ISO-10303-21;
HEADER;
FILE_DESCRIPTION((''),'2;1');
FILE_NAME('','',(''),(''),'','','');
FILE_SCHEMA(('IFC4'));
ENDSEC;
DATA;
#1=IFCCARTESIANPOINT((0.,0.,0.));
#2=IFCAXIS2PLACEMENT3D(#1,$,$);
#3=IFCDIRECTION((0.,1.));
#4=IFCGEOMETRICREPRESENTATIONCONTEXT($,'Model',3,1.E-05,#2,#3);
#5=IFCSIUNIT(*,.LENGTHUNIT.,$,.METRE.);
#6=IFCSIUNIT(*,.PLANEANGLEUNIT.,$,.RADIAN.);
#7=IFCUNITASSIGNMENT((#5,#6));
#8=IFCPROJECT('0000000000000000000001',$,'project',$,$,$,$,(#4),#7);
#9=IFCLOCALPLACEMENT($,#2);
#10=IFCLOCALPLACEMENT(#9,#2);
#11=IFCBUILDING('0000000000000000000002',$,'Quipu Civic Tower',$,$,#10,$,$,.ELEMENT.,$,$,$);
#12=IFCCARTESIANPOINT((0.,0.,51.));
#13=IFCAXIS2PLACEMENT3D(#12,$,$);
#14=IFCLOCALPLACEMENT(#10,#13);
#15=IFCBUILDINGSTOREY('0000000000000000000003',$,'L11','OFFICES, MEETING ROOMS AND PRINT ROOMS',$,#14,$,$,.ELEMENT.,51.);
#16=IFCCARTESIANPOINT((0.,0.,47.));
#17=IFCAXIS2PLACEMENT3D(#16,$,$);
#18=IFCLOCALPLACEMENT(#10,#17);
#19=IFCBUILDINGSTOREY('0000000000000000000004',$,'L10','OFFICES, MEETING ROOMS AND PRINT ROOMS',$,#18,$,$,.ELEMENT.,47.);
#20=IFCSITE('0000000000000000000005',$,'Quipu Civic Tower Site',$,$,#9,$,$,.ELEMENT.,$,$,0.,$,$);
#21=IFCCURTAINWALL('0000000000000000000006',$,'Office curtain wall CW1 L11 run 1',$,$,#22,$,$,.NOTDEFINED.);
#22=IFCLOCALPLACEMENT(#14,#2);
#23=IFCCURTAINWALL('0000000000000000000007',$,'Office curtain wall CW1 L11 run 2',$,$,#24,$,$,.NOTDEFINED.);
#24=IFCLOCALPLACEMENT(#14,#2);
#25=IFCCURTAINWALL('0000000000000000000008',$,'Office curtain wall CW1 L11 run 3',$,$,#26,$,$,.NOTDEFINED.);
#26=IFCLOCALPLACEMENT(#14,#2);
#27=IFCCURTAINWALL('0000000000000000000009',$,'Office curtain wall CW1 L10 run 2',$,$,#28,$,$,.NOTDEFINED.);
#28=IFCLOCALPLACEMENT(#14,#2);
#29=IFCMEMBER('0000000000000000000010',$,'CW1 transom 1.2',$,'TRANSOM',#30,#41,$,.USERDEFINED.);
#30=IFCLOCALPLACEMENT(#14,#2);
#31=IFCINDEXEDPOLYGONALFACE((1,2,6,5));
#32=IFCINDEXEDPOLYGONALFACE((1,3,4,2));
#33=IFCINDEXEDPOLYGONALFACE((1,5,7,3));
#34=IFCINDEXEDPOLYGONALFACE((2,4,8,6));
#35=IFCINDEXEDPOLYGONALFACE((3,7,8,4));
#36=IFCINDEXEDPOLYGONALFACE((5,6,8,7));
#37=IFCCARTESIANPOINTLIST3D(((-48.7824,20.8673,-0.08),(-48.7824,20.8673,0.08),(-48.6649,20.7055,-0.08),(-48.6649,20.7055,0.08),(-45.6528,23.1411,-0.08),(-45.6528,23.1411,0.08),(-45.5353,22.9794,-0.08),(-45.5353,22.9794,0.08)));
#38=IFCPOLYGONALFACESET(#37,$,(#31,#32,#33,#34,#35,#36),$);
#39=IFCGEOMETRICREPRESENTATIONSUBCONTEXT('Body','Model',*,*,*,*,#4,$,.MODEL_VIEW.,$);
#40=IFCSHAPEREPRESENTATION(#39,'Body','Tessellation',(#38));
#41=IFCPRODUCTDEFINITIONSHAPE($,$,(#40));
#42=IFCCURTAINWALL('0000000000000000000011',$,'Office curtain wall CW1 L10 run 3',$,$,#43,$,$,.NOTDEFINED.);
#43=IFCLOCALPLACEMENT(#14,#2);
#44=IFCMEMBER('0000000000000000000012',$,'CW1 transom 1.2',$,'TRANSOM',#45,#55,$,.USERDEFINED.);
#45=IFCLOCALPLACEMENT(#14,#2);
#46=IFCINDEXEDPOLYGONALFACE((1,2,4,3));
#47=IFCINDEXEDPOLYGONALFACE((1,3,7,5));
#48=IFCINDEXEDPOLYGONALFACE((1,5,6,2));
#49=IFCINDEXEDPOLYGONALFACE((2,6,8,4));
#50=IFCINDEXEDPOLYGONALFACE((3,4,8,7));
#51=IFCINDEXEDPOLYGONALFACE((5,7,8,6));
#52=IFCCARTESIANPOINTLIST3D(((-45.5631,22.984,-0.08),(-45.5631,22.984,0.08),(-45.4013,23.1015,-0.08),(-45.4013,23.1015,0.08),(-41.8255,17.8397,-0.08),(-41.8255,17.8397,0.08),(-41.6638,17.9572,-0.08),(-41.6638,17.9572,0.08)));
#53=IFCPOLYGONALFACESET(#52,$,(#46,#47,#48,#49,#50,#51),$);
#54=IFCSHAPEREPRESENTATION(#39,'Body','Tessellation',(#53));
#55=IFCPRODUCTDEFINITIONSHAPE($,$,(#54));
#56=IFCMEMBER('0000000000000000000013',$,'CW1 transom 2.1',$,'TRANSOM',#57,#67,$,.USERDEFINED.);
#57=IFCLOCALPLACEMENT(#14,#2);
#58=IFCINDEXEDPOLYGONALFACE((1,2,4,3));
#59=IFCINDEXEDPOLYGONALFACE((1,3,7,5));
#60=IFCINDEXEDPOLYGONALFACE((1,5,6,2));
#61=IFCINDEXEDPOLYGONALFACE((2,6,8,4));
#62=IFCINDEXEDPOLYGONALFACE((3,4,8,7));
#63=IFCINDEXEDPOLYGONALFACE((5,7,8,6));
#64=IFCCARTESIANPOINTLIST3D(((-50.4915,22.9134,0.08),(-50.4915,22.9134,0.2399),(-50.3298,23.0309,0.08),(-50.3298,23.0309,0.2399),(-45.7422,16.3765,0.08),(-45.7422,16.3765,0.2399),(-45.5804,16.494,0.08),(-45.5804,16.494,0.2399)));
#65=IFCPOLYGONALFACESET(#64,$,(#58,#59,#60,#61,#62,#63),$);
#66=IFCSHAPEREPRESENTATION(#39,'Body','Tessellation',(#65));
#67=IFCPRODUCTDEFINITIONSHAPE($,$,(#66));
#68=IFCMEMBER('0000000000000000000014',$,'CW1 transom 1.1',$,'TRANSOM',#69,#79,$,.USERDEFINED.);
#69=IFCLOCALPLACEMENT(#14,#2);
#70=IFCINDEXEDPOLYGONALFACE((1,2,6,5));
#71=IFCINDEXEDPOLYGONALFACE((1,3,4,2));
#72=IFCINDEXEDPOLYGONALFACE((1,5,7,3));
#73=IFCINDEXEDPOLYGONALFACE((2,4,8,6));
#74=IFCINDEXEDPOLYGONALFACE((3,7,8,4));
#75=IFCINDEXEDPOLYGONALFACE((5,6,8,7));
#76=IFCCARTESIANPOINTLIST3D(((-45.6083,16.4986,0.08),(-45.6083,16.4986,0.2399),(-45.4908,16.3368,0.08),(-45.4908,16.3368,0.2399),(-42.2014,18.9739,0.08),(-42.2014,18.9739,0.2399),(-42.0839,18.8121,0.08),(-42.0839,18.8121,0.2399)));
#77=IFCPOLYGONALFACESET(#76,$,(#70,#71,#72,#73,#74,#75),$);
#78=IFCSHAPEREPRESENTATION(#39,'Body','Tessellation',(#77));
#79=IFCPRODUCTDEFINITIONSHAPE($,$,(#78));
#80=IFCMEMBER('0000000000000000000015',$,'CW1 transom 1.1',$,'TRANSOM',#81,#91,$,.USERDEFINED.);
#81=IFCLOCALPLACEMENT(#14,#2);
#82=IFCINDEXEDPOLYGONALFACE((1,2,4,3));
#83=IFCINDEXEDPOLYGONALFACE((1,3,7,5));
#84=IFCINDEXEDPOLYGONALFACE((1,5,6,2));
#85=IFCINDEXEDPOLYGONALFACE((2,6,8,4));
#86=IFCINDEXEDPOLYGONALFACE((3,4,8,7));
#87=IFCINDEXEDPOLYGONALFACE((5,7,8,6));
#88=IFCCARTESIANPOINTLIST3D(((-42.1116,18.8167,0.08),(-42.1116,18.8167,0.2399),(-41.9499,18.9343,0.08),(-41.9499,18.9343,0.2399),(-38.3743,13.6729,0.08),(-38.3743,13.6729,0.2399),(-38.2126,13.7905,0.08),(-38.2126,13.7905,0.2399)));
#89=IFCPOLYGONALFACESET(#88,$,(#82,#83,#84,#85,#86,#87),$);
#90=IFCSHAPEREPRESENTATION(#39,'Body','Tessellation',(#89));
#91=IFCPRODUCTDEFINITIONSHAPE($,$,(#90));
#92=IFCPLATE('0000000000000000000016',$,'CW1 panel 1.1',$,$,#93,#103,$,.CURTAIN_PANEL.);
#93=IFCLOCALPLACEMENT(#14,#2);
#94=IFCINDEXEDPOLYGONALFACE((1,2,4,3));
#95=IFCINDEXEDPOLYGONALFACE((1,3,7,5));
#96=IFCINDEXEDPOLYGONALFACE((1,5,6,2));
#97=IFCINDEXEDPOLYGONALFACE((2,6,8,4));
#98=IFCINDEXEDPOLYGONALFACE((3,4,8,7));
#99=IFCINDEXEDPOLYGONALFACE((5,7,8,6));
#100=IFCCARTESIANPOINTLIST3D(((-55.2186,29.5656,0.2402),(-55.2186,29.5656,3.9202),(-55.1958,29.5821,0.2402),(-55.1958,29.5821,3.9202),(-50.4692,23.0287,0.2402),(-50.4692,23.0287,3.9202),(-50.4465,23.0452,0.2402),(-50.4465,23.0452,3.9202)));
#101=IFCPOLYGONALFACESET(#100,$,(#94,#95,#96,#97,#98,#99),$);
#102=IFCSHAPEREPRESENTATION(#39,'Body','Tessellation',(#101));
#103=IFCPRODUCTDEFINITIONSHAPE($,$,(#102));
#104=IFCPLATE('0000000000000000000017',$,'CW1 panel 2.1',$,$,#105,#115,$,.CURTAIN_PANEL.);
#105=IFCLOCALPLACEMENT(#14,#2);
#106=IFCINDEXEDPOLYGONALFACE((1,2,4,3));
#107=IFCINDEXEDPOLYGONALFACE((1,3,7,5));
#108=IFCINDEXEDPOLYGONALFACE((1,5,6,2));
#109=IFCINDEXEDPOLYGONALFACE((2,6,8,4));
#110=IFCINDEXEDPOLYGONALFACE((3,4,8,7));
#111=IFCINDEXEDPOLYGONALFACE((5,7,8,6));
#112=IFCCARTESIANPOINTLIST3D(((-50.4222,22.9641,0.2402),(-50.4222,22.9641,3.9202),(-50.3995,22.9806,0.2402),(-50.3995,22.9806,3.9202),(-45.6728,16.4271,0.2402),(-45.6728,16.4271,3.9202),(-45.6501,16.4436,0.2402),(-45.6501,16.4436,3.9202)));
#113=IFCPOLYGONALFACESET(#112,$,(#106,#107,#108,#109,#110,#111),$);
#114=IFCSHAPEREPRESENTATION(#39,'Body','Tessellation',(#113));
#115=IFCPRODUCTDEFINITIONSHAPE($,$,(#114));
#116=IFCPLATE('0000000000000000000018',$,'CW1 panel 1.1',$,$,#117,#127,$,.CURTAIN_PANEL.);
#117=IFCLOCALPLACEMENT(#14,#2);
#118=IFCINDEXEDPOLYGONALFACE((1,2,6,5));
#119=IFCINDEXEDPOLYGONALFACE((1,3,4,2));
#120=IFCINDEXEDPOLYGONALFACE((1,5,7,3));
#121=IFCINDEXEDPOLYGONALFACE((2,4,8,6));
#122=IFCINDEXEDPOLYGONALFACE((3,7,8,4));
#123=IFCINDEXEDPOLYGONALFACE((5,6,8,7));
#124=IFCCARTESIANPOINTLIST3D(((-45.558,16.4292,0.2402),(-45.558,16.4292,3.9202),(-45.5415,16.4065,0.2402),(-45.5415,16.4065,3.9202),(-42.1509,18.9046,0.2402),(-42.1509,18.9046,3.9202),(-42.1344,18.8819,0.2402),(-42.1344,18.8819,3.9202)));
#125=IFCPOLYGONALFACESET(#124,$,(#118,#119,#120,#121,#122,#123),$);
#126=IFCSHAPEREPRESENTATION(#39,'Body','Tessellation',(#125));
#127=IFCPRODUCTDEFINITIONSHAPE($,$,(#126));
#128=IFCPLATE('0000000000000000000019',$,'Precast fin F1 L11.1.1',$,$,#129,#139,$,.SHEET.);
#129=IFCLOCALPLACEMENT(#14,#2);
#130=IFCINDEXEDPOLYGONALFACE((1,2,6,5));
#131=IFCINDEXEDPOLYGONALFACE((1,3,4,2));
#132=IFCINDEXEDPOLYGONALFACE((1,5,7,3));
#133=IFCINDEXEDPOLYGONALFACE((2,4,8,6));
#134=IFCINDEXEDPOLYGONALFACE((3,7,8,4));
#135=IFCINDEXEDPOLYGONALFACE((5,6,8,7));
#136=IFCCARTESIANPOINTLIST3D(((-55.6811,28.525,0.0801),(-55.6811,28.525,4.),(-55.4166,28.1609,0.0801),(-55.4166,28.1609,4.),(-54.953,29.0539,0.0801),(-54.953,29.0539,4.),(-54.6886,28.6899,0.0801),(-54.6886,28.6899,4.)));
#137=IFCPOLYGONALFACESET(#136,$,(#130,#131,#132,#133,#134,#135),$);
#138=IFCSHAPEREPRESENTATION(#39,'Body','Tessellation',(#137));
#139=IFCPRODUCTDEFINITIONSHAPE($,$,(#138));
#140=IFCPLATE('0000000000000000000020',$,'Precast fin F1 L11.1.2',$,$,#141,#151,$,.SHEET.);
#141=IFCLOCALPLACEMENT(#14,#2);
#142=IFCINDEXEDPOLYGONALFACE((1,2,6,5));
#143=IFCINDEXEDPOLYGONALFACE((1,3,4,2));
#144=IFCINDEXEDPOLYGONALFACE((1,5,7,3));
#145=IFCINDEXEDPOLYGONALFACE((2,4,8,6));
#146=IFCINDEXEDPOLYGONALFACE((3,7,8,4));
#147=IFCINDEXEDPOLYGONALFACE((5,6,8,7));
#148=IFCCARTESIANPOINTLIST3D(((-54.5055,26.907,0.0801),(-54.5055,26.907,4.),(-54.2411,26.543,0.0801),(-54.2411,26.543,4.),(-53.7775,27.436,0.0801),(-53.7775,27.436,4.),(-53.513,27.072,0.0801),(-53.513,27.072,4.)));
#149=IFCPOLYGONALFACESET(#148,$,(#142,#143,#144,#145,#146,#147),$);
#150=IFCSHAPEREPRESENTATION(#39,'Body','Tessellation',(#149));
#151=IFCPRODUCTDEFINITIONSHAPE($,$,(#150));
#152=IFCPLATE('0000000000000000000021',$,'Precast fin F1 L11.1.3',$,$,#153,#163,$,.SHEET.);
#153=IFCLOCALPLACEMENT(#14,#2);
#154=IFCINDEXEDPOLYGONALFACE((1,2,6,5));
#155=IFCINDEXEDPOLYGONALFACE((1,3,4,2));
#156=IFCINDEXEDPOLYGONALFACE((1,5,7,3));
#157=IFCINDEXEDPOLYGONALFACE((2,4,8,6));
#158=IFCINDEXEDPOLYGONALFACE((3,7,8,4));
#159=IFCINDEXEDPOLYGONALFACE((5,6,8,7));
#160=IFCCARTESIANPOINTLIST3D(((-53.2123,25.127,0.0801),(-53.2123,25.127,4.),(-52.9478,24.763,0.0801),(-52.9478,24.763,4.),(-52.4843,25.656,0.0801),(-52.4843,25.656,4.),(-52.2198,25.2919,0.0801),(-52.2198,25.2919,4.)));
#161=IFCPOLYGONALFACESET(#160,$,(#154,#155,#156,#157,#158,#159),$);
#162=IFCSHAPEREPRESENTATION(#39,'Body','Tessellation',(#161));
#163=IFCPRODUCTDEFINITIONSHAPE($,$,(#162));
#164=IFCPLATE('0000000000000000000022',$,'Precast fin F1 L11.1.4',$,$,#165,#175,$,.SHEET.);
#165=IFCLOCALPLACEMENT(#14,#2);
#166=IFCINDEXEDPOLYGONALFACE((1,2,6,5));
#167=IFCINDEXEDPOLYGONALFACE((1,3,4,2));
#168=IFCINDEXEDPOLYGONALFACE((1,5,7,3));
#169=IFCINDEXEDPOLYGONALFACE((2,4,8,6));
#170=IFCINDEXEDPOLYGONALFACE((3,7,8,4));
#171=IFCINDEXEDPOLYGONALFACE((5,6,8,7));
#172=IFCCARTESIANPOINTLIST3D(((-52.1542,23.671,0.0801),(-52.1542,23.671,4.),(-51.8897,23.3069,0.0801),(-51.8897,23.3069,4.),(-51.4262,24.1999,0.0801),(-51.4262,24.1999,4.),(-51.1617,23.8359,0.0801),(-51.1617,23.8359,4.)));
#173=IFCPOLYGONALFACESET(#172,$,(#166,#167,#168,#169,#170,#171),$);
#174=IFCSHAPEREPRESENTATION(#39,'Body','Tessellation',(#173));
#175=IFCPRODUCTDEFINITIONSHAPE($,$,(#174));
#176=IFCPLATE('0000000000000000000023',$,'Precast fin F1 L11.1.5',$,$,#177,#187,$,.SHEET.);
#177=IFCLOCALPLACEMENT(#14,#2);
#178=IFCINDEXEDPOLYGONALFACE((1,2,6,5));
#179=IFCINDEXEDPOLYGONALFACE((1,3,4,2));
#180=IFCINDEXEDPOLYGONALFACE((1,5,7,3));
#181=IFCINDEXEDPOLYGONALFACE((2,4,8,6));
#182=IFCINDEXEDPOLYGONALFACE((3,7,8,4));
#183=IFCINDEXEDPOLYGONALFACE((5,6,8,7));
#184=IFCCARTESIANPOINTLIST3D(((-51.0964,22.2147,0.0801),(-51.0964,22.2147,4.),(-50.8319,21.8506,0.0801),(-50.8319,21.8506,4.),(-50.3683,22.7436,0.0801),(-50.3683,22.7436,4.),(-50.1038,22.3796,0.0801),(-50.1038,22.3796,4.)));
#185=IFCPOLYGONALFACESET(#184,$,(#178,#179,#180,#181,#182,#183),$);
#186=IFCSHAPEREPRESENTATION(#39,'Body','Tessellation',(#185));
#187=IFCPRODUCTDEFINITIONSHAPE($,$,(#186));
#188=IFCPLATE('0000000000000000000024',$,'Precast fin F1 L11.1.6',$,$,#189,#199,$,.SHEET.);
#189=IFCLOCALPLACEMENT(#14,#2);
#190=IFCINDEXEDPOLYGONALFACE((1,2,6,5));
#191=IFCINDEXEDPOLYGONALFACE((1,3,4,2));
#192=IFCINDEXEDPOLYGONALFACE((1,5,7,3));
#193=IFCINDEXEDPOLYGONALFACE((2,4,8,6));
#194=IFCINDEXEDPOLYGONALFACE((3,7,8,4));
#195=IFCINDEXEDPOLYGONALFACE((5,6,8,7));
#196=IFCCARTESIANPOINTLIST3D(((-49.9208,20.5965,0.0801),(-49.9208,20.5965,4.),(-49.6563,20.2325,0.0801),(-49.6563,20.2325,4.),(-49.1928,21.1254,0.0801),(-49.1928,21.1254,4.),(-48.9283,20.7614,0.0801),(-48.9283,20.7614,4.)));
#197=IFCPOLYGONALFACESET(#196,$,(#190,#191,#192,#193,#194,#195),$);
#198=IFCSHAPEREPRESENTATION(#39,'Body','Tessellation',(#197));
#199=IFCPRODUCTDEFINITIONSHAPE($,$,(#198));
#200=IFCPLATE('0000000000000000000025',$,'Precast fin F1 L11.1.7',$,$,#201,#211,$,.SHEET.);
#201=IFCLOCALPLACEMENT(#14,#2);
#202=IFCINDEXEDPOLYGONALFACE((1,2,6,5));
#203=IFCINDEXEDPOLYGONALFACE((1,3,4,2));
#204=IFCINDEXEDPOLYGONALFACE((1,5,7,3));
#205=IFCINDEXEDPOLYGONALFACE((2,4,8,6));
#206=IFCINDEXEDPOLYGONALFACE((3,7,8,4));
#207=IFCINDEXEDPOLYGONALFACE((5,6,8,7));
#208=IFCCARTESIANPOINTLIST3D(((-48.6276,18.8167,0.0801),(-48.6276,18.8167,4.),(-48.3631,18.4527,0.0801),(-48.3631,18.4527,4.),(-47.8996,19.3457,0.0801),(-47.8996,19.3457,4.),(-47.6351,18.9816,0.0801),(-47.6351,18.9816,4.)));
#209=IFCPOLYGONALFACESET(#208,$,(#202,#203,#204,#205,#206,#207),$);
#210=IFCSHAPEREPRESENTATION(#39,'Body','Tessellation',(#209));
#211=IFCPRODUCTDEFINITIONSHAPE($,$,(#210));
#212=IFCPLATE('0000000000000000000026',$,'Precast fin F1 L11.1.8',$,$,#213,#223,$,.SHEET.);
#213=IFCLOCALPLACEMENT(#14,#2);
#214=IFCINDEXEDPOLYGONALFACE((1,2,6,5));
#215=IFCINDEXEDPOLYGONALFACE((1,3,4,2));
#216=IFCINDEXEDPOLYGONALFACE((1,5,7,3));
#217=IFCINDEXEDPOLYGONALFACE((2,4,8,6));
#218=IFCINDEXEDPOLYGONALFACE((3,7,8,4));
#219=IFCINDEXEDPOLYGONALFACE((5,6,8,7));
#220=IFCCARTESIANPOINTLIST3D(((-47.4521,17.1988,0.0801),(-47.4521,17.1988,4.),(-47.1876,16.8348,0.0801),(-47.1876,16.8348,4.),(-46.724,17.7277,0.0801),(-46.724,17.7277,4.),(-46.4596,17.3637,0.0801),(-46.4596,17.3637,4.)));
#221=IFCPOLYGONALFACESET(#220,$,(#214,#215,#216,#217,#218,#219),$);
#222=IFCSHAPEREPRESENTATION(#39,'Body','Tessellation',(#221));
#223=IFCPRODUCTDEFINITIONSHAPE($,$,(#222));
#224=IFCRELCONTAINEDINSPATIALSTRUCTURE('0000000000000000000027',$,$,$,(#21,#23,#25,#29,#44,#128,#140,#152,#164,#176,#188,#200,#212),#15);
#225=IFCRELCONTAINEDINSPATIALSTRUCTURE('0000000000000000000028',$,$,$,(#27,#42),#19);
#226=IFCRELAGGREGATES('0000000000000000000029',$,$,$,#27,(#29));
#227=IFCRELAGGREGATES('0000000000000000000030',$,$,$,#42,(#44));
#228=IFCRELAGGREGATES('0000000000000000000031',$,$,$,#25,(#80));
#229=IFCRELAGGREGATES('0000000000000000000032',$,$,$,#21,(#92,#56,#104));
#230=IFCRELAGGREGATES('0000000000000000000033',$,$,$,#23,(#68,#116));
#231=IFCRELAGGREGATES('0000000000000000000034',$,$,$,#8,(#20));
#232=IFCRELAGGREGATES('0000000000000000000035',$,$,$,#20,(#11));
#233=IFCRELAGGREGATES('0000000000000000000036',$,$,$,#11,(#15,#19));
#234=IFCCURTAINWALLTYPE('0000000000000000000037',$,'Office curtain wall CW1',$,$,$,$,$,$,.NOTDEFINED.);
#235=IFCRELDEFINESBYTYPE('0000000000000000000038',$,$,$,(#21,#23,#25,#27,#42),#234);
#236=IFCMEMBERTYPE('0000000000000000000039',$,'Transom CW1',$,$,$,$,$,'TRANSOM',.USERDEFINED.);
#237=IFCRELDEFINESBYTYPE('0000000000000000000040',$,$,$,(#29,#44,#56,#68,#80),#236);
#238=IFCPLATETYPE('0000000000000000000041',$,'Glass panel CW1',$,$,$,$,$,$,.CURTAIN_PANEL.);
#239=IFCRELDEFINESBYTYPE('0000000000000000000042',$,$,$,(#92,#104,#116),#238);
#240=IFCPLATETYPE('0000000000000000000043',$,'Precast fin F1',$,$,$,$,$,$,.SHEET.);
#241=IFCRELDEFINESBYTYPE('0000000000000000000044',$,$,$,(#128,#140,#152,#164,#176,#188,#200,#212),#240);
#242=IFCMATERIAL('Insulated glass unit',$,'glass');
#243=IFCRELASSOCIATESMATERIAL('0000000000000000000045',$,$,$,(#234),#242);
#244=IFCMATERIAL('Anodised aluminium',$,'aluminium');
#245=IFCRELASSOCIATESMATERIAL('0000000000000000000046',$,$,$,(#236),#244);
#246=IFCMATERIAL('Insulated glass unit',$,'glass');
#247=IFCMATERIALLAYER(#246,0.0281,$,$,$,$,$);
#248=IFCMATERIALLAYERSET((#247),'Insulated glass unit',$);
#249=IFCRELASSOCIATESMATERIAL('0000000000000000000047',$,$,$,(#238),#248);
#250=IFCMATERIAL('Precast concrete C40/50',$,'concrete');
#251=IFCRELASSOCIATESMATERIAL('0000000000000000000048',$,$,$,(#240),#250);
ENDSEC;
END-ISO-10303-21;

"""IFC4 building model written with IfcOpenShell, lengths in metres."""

from ifc_helpers import new_model, si_unit, direction, frame, origin, origin_2d, place, context, subcontext, project, spatial, rectangle, extrude, material, layer, layer_set, material_profile, profile_set, type_object, element, aggregate, save


model = new_model("IFC4")

# Units and contexts
model_context = context("Model", 3, precision=1e-05, world=origin(), true_north=direction((0.0, 1.0)))
body_context = subcontext(model_context, "Body", "Model", "MODEL_VIEW")
ifc_project = project(units=[si_unit("LENGTHUNIT", "METRE"), si_unit("PLANEANGLEUNIT", "RADIAN")], contexts=[model_context])

# Site, building, storey
site_placement = place(None, origin())
site = spatial("IfcSite", under=ifc_project, at=site_placement, Name="Quipu Civic Tower Site", CompositionType="ELEMENT", RefElevation=0.0)
building_placement = place(site_placement, origin())
building = spatial("IfcBuilding", under=site, at=building_placement, Name="Quipu Civic Tower", CompositionType="ELEMENT")
storey_1_placement = place(building_placement, frame((0.0, 0.0, 51.0)))
storey_1 = spatial("IfcBuildingStorey", under=building, at=storey_1_placement, Name="L11", Description="OFFICES, MEETING ROOMS AND PRINT ROOMS", CompositionType="ELEMENT", Elevation=51.0)

# Curtain walls
ifc_material_1 = material(Name="Insulated glass unit", Category="glass")
curtain_wall_type = type_object("IfcCurtainWallType", Name="Office curtain wall CW1", PredefinedType="NOTDEFINED", material=ifc_material_1)
curtain_wall_1_placement = place(storey_1_placement, origin())
curtain_wall_1 = element("IfcCurtainWall", 1, at=curtain_wall_1_placement, inside=storey_1, type_object=curtain_wall_type, Name="Office curtain wall CW1 L11 run 1", PredefinedType="NOTDEFINED")
curtain_wall_2_placement = place(storey_1_placement, origin())
curtain_wall_2 = element("IfcCurtainWall", 2, at=curtain_wall_2_placement, inside=storey_1, type_object=curtain_wall_type, Name="Office curtain wall CW1 L11 run 2", PredefinedType="NOTDEFINED")

# Curtain wall
curtain_wall_3_placement = place(storey_1_placement, origin())
curtain_wall_3 = element("IfcCurtainWall", 3, at=curtain_wall_3_placement, inside=storey_1, type_object=curtain_wall_type, Name="Office curtain wall CW1 L11 run 3", PredefinedType="NOTDEFINED")

# Shared definitions
storey_2_placement = place(building_placement, frame((0.0, 0.0, 47.0)))
storey_2 = spatial("IfcBuildingStorey", under=building, at=storey_2_placement, Name="L10", Description="OFFICES, MEETING ROOMS AND PRINT ROOMS", CompositionType="ELEMENT", Elevation=47.0)

# Curtain walls, members
ifc_material_2 = material(Name="Anodised aluminium", Category="aluminium")
ifc_material_profile_1 = material_profile(ifc_material_2, rectangle(XDim=0.2, YDim=0.1599, at=origin_2d()), Name="RECT 200x160")
ifc_profile_set_1 = profile_set([ifc_material_profile_1], Name="Anodised aluminium")
member_type_1 = type_object("IfcMemberType", Name="Transom CW1", ElementType="TRANSOM", PredefinedType="USERDEFINED", material=ifc_profile_set_1)
curtain_wall_4_placement = place(storey_2_placement, origin())
curtain_wall_4 = element("IfcCurtainWall", 4, at=curtain_wall_4_placement, inside=storey_2, type_object=curtain_wall_type, Name="Office curtain wall CW1 L10 run 2", PredefinedType="NOTDEFINED")
member_1_placement = place(storey_1_placement, frame((-48.7236, 20.7864, 0.0), z_axis=(0.809003, 0.587804, 0.0), x_axis=(-0.587804, 0.809003, 0.0)))
member_1 = element("IfcMember", 5, at=member_1_placement, inside=storey_1, type_object=member_type_1, Name="CW1 transom 1.2", ObjectType="TRANSOM", PredefinedType="USERDEFINED", context=body_context, shape_type="SweptSolid", body=[
    extrude(rectangle(XDim=0.2, YDim=0.1599, at=origin_2d()), origin(), (0.0, 0.0, 1.0), 3.8684),
])
aggregate(curtain_wall_4, [member_1])
curtain_wall_5_placement = place(storey_2_placement, origin())
curtain_wall_5 = element("IfcCurtainWall", 6, at=curtain_wall_5_placement, inside=storey_2, type_object=curtain_wall_type, Name="Office curtain wall CW1 L10 run 3", PredefinedType="NOTDEFINED")
member_2_placement = place(storey_1_placement, frame((-45.4822, 23.0427, 0.0), z_axis=(0.587786, -0.809017, 0.0), x_axis=(0.809017, 0.587786, 0.0)))
member_2 = element("IfcMember", 7, at=member_2_placement, inside=storey_1, type_object=member_type_1, Name="CW1 transom 1.2", ObjectType="TRANSOM", PredefinedType="USERDEFINED", context=body_context, shape_type="SweptSolid", body=[
    extrude(rectangle(XDim=0.2, YDim=0.1599, at=origin_2d()), origin(), (0.0, 0.0, 1.0), 6.3586),
])
aggregate(curtain_wall_5, [member_2])

# Members
member_3_placement = place(storey_1_placement, frame((-50.4106, 22.9722, 0.1599), z_axis=(0.587782, -0.80902, 0.0), x_axis=(0.80902, 0.587782, 0.0)))
member_3 = element("IfcMember", 8, at=member_3_placement, type_object=member_type_1, Name="CW1 transom 2.1", ObjectType="TRANSOM", PredefinedType="USERDEFINED", context=body_context, shape_type="SweptSolid", body=[
    extrude(rectangle(XDim=0.2, YDim=0.1599, at=origin_2d()), origin(), (0.0, 0.0, 1.0), 8.0801),
])
member_4_placement = place(storey_1_placement, frame((-45.5496, 16.4177, 0.1599), z_axis=(0.809014, 0.587789, 0.0), x_axis=(-0.587789, 0.809014, 0.0)))
member_4 = element("IfcMember", 9, at=member_4_placement, type_object=member_type_1, Name="CW1 transom 1.1", ObjectType="TRANSOM", PredefinedType="USERDEFINED", context=body_context, shape_type="SweptSolid", body=[
    extrude(rectangle(XDim=0.2, YDim=0.1599, at=origin_2d()), origin(), (0.0, 0.0, 1.0), 4.2112),
])
member_5_placement = place(storey_1_placement, frame((-42.0308, 18.8755, 0.1599), z_axis=(0.587797, -0.809008, 0.0), x_axis=(0.809008, 0.587797, 0.0)))
member_5 = element("IfcMember", 10, at=member_5_placement, type_object=member_type_1, Name="CW1 transom 1.1", ObjectType="TRANSOM", PredefinedType="USERDEFINED", context=body_context, shape_type="SweptSolid", body=[
    extrude(rectangle(XDim=0.2, YDim=0.1599, at=origin_2d()), origin(), (0.0, 0.0, 1.0), 6.3582),
])
aggregate(curtain_wall_3, [member_5])

# Plates
ifc_material_3 = material(Name="Insulated glass unit", Category="glass")
ifc_layer = layer(ifc_material_3, 0.0281)
ifc_layer_set = layer_set([ifc_layer], Name="Insulated glass unit")
plate_type_1 = type_object("IfcPlateType", Name="Glass panel CW1", PredefinedType="CURTAIN_PANEL", material=ifc_layer_set)
plate_1_placement = place(storey_1_placement, frame((-52.8325, 26.3054, 0.2402), z_axis=(0.0, 0.0, 1.0), x_axis=(0.587786, -0.809017, 0.0)))
plate_1 = element("IfcPlate", 11, at=plate_1_placement, type_object=plate_type_1, Name="CW1 panel 1.1", PredefinedType="CURTAIN_PANEL", context=body_context, shape_type="SweptSolid", body=[
    extrude(rectangle(XDim=8.0801, YDim=0.0281, at=origin_2d()), origin(), (0.0, 0.0, 1.0), 3.6799),
])
plate_2_placement = place(storey_1_placement, frame((-48.0361, 19.7039, 0.2402), z_axis=(0.0, 0.0, 1.0), x_axis=(0.587786, -0.809017, 0.0)))
plate_2 = element("IfcPlate", 12, at=plate_2_placement, type_object=plate_type_1, Name="CW1 panel 2.1", PredefinedType="CURTAIN_PANEL", context=body_context, shape_type="SweptSolid", body=[
    extrude(rectangle(XDim=8.0801, YDim=0.0281, at=origin_2d()), origin(), (0.0, 0.0, 1.0), 3.6799),
])
aggregate(curtain_wall_1, [plate_1, member_3, plate_2])
plate_3_placement = place(storey_1_placement, frame((-43.8462, 17.6555, 0.2402), z_axis=(0.0, 0.0, 1.0), x_axis=(0.809016, 0.587787, 0.0)))
plate_3 = element("IfcPlate", 13, at=plate_3_placement, type_object=plate_type_1, Name="CW1 panel 1.1", PredefinedType="CURTAIN_PANEL", context=body_context, shape_type="SweptSolid", body=[
    extrude(rectangle(XDim=4.2114, YDim=0.0281, at=origin_2d()), origin(), (0.0, 0.0, 1.0), 3.6799),
])
aggregate(curtain_wall_2, [member_4, plate_3])

# Plates
ifc_material_4 = material(Name="Precast concrete C40/50", Category="concrete")
plate_type_2 = type_object("IfcPlateType", Name="Precast fin F1", PredefinedType="SHEET", material=ifc_material_4)
for number, where, z_axis, x_axis, name in (
    (14, (-55.1848, 28.6074, 0.0801), (0.0, 0.0, 1.0), (0.587784, -0.809018, 0.0), "Precast fin F1 L11.1.1"),
    (15, (-54.0093, 26.9895, 0.0801), (0.0, 0.0, 1.0), (0.587784, -0.809018, 0.0), "Precast fin F1 L11.1.2"),
    (16, (-52.7161, 25.2095, 0.0801), (0.0, 0.0, 1.0), (0.587784, -0.809018, 0.0), "Precast fin F1 L11.1.3"),
    (17, (-51.658, 23.7534, 0.0801), (0.0, 0.0, 1.0), (0.587784, -0.809018, 0.0), "Precast fin F1 L11.1.4"),
    (18, (-50.6001, 22.2971, 0.0801), (0.0, 0.0, 1.0), (0.587784, -0.809018, 0.0), "Precast fin F1 L11.1.5"),
    (19, (-49.4246, 20.679, 0.0801), (0.0, 0.0, 1.0), (0.587784, -0.809018, 0.0), "Precast fin F1 L11.1.6"),
    (20, (-48.1313, 18.8992, 0.0801), (0.0, 0.0, 1.0), (0.587784, -0.809018, 0.0), "Precast fin F1 L11.1.7"),
    (21, (-46.9558, 17.2812, 0.0801), (0.0, 0.0, 1.0), (0.587784, -0.809018, 0.0), "Precast fin F1 L11.1.8"),
):
    element("IfcPlate", number, at=place(storey_1_placement, frame(where, z_axis=z_axis, x_axis=x_axis)), inside=storey_1, type_object=plate_type_2, Name=name, PredefinedType="SHEET", context=body_context, shape_type="SweptSolid", body=[
        extrude(rectangle(XDim=0.45, YDim=0.8999, at=origin_2d()), origin(), (0.0, 0.0, 1.0), 3.9199),
    ])

save(model, "model.ifc")
